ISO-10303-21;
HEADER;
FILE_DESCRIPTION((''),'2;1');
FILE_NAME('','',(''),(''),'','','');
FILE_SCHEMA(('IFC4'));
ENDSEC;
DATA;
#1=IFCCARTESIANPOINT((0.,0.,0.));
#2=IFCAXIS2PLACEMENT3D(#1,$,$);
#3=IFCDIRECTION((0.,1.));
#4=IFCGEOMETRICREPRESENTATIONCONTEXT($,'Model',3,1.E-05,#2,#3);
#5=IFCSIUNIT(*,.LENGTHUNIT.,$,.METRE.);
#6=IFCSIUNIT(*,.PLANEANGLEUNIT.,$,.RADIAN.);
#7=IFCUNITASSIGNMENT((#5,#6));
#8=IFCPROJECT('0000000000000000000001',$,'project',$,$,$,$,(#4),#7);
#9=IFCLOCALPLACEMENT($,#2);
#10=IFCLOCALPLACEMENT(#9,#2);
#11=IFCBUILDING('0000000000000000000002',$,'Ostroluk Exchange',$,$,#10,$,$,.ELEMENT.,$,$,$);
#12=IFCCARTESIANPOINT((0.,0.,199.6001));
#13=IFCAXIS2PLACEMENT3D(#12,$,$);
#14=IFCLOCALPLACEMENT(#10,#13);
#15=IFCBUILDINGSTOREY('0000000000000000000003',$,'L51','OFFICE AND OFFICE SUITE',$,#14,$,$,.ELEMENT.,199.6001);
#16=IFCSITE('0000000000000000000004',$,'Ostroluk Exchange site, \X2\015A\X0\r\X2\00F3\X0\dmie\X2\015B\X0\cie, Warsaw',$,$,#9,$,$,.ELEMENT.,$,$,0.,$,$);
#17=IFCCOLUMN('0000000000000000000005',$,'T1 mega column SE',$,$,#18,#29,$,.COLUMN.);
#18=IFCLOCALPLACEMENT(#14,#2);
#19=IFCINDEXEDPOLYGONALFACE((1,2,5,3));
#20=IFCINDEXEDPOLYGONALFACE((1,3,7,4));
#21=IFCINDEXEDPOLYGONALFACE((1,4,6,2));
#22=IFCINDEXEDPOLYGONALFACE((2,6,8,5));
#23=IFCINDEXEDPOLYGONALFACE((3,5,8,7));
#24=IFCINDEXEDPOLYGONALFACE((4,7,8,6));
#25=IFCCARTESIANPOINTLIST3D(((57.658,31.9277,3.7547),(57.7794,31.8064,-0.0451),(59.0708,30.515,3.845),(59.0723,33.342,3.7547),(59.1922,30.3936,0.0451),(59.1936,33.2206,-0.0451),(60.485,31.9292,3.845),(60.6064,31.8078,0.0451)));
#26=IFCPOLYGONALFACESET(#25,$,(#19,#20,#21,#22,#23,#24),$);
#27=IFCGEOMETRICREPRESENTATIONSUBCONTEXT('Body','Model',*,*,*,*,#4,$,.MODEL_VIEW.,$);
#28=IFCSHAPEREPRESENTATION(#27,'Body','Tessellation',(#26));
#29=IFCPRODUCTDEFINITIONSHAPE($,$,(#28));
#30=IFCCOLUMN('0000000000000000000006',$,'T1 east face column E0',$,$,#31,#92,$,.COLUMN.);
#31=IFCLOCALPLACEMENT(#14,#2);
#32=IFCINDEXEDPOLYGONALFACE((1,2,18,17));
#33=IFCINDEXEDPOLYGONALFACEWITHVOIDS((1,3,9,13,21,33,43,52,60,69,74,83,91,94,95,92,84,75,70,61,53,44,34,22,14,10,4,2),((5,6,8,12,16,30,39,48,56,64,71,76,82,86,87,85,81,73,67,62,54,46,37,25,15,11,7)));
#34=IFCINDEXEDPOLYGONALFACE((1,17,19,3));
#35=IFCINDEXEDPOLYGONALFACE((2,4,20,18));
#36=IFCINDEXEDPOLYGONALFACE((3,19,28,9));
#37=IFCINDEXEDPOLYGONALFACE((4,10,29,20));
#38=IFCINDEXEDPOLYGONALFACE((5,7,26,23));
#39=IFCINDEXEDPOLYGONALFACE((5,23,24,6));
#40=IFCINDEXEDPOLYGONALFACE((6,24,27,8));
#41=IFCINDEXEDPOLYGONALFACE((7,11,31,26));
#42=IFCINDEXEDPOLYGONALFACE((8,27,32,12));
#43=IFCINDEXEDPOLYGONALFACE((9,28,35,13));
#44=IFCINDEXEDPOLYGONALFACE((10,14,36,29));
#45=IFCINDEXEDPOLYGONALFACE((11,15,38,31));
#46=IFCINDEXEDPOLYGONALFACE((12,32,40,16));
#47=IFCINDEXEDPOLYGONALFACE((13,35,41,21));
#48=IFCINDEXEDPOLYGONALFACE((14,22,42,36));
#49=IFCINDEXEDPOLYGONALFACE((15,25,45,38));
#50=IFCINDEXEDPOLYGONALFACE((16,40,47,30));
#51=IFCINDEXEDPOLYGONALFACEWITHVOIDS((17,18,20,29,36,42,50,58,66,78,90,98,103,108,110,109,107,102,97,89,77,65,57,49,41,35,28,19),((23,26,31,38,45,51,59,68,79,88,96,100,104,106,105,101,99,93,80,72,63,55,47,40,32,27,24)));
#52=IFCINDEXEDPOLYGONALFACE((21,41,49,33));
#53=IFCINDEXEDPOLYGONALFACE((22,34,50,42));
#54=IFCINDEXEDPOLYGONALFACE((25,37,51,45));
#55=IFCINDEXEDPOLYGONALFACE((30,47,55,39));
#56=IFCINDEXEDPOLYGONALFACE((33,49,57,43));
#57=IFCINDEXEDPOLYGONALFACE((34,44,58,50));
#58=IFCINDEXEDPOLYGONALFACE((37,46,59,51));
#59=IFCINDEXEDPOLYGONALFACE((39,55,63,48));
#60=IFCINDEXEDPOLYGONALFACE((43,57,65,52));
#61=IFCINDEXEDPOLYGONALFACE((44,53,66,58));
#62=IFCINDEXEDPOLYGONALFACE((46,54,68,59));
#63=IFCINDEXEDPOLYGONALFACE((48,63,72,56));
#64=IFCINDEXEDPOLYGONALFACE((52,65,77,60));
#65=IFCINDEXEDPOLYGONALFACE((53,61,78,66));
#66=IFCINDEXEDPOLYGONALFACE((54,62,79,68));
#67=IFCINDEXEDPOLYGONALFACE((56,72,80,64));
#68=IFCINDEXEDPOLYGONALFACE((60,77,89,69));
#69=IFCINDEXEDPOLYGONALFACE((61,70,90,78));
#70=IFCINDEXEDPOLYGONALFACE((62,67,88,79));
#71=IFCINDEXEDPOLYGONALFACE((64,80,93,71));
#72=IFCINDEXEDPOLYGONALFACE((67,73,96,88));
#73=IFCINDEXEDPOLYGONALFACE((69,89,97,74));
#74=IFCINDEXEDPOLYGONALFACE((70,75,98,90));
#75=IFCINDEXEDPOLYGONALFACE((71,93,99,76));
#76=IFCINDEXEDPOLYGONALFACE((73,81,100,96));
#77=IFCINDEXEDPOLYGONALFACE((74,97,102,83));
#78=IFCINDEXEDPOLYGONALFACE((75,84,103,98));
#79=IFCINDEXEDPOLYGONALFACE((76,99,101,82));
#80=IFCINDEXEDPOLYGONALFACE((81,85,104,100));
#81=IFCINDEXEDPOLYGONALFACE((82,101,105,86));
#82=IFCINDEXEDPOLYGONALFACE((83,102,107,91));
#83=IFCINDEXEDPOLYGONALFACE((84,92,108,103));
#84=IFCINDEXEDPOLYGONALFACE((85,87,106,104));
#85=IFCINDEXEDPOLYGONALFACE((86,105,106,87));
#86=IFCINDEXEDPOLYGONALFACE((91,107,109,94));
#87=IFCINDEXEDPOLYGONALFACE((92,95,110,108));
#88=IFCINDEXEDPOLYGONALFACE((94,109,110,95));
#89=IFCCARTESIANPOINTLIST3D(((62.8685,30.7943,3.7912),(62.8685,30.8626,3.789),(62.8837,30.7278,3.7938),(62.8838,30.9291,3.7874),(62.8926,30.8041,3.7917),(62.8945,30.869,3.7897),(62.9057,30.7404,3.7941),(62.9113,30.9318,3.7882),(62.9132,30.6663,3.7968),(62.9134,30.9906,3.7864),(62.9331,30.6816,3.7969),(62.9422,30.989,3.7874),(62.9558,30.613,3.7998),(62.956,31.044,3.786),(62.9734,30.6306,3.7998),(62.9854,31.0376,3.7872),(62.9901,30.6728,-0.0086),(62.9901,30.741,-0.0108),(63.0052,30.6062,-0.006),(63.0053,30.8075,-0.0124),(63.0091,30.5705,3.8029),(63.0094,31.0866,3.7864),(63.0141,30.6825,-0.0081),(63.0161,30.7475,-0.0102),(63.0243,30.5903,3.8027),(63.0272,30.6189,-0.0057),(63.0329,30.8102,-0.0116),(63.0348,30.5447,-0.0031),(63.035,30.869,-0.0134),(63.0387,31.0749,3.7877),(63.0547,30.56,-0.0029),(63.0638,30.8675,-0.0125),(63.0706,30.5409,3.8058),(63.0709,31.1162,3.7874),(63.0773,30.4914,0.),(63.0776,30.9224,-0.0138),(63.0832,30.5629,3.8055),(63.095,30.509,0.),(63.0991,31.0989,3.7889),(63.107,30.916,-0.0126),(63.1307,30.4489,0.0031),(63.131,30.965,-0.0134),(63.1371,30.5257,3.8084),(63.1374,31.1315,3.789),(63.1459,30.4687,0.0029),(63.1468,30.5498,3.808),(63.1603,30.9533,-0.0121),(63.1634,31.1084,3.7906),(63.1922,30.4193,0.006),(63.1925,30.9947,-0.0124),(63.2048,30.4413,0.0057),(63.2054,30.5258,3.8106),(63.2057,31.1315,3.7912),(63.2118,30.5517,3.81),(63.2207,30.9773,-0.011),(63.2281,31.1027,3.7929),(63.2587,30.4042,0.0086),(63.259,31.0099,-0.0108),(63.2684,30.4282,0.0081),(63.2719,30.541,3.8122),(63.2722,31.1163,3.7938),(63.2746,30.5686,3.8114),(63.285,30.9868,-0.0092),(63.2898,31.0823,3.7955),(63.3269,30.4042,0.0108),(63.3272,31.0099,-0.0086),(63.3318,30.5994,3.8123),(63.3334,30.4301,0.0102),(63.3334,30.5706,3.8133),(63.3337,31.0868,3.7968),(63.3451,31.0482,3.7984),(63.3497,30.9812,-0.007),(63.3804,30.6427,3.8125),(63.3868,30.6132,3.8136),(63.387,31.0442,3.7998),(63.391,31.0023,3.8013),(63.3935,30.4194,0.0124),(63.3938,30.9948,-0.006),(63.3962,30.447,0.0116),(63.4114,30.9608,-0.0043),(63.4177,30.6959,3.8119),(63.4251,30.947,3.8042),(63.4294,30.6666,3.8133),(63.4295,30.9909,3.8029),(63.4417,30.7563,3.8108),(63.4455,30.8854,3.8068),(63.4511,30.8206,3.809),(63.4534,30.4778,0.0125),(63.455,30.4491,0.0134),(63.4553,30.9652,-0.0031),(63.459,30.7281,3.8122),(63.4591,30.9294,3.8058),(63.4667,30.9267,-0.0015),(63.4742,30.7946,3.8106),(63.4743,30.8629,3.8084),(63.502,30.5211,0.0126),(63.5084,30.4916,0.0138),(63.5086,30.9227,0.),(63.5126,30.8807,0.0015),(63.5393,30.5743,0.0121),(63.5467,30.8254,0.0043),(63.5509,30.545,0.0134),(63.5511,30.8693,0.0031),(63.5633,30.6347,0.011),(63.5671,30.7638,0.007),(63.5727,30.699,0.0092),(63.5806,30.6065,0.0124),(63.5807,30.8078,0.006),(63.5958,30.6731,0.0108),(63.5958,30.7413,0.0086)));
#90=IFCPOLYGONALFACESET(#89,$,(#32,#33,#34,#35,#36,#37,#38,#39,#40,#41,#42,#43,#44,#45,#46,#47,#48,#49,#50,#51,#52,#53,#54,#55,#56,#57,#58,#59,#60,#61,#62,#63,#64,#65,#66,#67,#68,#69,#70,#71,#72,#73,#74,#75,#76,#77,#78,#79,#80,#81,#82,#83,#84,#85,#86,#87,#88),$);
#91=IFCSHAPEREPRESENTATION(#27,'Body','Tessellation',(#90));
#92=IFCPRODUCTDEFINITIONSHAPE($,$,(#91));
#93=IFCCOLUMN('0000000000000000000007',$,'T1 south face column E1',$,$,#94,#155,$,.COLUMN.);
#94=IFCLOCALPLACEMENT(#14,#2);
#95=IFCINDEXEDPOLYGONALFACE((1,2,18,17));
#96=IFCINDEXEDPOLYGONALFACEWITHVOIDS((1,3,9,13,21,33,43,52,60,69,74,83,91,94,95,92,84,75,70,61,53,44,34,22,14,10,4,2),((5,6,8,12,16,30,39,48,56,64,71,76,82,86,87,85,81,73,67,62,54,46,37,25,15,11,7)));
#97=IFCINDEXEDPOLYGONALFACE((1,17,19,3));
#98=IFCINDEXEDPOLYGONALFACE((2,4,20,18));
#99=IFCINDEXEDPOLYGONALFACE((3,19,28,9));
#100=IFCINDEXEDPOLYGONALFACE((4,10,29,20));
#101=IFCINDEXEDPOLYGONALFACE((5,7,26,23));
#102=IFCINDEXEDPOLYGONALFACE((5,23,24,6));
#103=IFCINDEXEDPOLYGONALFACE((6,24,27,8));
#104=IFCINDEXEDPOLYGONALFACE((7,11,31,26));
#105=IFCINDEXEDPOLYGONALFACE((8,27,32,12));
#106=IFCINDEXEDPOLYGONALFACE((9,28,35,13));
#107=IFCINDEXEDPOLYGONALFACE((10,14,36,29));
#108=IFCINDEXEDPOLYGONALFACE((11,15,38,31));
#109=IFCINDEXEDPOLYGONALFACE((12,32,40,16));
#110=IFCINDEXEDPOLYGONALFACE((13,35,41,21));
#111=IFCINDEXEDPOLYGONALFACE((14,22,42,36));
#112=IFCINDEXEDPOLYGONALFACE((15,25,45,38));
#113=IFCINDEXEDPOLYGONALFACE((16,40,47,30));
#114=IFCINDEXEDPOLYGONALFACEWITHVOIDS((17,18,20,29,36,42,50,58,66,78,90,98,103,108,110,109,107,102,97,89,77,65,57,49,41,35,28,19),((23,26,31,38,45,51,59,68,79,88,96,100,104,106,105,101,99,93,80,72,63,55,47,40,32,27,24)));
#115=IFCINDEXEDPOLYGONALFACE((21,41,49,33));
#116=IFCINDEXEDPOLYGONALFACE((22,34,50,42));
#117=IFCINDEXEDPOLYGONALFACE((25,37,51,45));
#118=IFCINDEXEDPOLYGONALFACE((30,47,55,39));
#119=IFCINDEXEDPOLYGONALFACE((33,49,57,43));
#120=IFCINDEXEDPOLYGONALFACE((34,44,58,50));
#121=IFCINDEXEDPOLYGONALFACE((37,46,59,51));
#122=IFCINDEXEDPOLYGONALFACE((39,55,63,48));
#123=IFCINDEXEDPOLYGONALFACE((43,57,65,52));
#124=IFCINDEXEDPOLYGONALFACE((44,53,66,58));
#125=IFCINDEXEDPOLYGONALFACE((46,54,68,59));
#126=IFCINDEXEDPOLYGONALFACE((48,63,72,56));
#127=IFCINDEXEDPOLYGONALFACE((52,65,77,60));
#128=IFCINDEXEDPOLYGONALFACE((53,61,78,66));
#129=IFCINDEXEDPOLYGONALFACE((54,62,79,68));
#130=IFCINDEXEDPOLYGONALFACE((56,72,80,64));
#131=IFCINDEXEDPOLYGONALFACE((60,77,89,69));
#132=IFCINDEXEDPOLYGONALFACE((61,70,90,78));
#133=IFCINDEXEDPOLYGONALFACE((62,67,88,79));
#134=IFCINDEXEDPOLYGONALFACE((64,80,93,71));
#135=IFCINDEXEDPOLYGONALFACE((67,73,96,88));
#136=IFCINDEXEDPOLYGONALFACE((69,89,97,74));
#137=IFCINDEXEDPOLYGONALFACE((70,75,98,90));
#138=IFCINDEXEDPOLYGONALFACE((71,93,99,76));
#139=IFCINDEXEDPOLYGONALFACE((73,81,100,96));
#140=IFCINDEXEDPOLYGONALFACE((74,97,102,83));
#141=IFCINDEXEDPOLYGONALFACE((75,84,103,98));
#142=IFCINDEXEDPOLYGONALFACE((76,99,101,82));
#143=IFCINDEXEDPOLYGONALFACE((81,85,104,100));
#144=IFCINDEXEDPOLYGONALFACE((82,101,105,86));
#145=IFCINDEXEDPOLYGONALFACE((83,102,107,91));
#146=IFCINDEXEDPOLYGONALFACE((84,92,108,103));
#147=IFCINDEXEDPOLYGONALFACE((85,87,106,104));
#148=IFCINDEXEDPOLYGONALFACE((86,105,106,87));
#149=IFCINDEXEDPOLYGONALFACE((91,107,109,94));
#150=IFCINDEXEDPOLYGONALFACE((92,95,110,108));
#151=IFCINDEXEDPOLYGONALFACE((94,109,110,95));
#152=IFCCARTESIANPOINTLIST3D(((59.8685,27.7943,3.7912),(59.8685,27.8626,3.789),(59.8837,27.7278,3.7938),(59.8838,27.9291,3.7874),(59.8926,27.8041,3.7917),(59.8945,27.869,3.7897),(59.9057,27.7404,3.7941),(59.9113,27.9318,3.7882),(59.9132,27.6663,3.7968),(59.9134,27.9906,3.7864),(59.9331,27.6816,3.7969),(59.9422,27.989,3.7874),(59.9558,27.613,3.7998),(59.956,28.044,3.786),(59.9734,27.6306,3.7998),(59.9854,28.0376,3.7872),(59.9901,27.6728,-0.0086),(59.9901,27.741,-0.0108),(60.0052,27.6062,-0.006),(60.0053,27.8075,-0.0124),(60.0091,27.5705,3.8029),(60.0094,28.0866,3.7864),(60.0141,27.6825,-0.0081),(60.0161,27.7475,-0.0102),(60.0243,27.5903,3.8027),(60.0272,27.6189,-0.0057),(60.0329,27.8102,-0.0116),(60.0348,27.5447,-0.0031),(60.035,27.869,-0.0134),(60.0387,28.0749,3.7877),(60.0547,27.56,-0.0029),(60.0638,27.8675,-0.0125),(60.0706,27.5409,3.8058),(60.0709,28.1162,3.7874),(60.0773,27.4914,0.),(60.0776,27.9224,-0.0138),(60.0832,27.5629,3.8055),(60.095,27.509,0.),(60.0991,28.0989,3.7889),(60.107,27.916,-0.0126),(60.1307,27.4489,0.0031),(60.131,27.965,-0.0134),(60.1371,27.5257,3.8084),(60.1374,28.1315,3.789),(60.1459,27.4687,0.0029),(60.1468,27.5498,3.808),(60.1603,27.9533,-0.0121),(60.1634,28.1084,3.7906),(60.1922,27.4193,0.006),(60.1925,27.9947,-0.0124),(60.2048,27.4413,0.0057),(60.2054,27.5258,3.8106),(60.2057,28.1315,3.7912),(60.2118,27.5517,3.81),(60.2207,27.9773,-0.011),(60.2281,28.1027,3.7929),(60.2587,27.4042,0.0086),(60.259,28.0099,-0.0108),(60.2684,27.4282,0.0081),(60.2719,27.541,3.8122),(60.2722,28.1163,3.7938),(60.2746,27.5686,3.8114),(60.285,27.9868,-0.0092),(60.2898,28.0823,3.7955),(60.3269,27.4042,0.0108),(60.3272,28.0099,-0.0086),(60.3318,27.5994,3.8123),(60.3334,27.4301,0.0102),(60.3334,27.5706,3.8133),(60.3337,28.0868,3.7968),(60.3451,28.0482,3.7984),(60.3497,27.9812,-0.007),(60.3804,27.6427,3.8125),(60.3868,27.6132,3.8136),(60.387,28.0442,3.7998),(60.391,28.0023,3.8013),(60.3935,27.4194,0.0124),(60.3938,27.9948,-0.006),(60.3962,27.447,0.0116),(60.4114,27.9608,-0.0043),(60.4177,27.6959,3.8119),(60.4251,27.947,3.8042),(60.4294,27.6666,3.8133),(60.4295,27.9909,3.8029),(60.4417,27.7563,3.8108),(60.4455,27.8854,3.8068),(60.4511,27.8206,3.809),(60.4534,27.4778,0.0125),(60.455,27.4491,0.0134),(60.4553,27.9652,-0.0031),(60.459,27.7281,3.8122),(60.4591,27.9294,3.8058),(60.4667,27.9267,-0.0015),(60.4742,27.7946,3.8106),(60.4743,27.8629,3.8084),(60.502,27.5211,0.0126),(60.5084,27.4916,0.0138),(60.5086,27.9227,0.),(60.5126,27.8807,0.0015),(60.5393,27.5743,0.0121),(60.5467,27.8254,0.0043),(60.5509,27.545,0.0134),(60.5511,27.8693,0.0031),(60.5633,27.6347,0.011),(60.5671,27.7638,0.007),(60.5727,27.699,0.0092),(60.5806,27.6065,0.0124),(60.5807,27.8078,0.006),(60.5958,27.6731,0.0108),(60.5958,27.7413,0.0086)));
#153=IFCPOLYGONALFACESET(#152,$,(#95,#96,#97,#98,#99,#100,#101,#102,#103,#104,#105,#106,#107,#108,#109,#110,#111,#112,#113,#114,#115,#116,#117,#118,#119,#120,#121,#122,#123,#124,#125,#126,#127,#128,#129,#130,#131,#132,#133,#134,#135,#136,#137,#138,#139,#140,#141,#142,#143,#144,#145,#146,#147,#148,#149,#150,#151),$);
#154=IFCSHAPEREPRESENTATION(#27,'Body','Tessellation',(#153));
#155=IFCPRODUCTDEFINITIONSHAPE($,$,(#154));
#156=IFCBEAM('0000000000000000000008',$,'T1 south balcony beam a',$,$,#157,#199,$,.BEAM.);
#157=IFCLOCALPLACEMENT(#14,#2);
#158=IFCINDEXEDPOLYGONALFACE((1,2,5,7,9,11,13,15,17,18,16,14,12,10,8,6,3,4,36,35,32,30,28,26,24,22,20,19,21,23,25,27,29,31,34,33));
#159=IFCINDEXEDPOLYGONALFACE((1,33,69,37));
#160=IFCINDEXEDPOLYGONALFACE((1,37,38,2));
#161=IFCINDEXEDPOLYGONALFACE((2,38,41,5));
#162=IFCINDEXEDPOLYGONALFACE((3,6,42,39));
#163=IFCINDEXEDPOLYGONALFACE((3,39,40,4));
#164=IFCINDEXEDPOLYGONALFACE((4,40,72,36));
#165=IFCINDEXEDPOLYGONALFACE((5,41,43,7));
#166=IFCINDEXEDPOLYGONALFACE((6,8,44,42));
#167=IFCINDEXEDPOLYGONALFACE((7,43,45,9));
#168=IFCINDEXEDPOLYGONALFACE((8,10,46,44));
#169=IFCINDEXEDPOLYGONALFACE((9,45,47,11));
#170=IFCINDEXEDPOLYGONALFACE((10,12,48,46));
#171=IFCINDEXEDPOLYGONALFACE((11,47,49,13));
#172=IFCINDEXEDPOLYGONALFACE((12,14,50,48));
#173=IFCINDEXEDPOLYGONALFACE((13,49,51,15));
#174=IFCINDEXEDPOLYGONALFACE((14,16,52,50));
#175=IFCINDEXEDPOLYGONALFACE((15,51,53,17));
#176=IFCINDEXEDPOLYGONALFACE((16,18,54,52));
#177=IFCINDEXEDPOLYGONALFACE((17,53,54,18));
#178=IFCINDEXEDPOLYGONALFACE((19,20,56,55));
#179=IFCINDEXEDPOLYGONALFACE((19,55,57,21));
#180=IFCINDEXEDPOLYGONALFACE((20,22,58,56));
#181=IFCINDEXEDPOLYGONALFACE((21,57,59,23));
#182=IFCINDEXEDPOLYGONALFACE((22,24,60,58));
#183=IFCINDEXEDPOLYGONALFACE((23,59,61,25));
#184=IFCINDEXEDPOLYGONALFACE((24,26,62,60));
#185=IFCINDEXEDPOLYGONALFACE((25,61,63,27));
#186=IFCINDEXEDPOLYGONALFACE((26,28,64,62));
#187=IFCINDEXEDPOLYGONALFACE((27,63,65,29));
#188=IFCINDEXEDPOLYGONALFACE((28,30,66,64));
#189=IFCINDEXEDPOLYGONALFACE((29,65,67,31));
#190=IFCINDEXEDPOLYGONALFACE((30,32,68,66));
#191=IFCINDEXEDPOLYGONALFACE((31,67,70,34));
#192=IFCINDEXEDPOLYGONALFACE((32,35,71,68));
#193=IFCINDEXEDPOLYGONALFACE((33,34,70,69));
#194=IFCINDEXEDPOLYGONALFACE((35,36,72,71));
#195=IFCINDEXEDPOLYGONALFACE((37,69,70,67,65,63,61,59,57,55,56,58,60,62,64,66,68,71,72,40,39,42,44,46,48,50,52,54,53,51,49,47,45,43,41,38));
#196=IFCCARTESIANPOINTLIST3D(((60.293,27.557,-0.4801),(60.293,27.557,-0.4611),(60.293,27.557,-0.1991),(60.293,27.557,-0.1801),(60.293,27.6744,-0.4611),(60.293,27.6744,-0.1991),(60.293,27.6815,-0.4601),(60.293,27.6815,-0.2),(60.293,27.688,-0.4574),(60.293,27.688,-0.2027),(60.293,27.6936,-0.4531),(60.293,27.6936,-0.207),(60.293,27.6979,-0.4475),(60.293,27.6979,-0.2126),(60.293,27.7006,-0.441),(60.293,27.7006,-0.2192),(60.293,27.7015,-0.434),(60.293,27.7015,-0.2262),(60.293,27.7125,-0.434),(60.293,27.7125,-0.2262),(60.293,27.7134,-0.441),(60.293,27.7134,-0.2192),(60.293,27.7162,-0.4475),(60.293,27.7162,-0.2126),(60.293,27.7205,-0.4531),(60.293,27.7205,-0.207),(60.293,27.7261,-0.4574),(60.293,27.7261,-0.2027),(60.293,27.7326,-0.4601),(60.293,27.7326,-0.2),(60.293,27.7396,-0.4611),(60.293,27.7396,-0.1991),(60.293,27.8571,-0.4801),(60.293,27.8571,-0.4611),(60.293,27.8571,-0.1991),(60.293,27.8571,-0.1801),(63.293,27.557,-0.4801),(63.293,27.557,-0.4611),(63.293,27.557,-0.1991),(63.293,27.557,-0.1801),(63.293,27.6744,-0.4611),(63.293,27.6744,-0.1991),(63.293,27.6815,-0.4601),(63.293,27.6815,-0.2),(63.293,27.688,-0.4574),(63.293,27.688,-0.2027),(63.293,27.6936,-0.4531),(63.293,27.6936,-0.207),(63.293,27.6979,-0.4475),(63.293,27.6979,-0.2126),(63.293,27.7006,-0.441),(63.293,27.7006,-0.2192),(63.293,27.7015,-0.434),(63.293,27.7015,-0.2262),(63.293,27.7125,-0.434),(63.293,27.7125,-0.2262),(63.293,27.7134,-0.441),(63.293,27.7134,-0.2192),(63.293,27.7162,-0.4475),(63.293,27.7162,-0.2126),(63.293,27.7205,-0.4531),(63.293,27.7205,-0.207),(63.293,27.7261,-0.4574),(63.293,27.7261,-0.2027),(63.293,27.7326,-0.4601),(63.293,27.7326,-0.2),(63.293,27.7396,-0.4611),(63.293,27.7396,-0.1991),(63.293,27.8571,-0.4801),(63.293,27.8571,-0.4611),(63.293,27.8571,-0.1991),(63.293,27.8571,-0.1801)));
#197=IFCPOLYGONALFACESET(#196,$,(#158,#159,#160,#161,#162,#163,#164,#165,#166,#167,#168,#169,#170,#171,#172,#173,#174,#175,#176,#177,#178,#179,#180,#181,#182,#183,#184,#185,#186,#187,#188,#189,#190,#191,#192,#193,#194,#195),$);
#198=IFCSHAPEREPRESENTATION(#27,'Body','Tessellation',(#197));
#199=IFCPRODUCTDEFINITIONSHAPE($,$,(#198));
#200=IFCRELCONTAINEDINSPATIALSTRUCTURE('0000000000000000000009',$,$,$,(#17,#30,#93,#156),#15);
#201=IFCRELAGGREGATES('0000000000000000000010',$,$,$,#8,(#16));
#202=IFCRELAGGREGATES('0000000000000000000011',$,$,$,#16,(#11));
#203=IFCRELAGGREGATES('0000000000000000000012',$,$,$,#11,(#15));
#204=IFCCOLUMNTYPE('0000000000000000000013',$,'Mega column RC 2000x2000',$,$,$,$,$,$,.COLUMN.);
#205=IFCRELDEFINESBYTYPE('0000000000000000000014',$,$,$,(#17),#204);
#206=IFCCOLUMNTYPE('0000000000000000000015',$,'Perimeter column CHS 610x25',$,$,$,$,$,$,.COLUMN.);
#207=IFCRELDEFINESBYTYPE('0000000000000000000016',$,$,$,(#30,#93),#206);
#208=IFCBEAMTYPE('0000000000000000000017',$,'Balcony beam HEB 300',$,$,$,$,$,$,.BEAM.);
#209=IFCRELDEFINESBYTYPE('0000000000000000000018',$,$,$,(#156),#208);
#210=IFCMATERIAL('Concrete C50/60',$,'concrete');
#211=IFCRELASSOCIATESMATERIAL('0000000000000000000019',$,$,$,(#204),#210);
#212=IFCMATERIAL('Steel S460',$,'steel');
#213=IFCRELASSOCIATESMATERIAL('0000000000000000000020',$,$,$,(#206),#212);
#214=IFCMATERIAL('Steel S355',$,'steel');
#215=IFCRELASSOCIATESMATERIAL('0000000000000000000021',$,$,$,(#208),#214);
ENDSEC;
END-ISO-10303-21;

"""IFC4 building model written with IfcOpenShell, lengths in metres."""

from ifc_helpers import new_model, si_unit, direction, frame, origin, origin_2d, place, context, subcontext, project, spatial, rectangle, hollow_circle, i_section, extrude, material, material_profile, profile_set, type_object, element, save


model = new_model("IFC4")

# Units and contexts
model_context = context("Model", 3, precision=1e-05, world=origin(), true_north=direction((0.0, 1.0)))
body_context = subcontext(model_context, "Body", "Model", "MODEL_VIEW")
ifc_project = project(units=[si_unit("LENGTHUNIT", "METRE"), si_unit("PLANEANGLEUNIT", "RADIAN")], contexts=[model_context])

# Site, building, storey
site_placement = place(None, origin())
site = spatial("IfcSite", under=ifc_project, at=site_placement, Name="Ostroluk Exchange site, Śródmieście, Warsaw", CompositionType="ELEMENT", RefElevation=0.0)
building_placement = place(site_placement, origin())
building = spatial("IfcBuilding", under=site, at=building_placement, Name="Ostroluk Exchange", CompositionType="ELEMENT")
storey_placement = place(building_placement, frame((0.0, 0.0, 199.6001)))
storey = spatial("IfcBuildingStorey", under=building, at=storey_placement, Name="L51", Description="OFFICE AND OFFICE SUITE", CompositionType="ELEMENT", Elevation=199.6001)

# Columns
ifc_material_1 = material(Name="Concrete C50/60", Category="concrete")
ifc_material_profile_1 = material_profile(ifc_material_1, rectangle(XDim=2.0, YDim=2.0, at=origin_2d()), Name="RC 2000x2000")
ifc_profile_set_1 = profile_set([ifc_material_profile_1], Name="Concrete C50/60")
column_type_1 = type_object("IfcColumnType", Name="Mega column RC 2000x2000", PredefinedType="COLUMN", material=ifc_profile_set_1)
column_placement = place(storey_placement, frame((59.1929, 31.8071, 0.0), z_axis=(-0.0319, 0.0319, 0.998982), x_axis=(-0.707107, -0.707107, 0.0)))
element("IfcColumn", 1, at=column_placement, inside=storey, type_object=column_type_1, Name="T1 mega column SE", PredefinedType="COLUMN", context=body_context, shape_type="SweptSolid", body=[
    extrude(rectangle(XDim=2.0, YDim=2.0, at=origin_2d()), origin(), (0.0, 0.0, 1.0), 3.8037),
])
ifc_material_2 = material(Name="Steel S460", Category="steel")
ifc_material_profile_2 = material_profile(ifc_material_2, hollow_circle(Radius=0.3049, WallThickness=0.0249, at=origin_2d()), Name="CHS 610x25")
ifc_profile_set_2 = profile_set([ifc_material_profile_2], Name="Steel S460")
column_type_2 = type_object("IfcColumnType", Name="Perimeter column CHS 610x25", PredefinedType="COLUMN", material=ifc_profile_set_2)
for number, where, z_axis, x_axis, name in (
    (2, (63.293, 30.707, 0.0), (-0.031964, 0.031964, 0.998978), (-0.707107, -0.707107, 0.0), "T1 east face column E0"),
    (3, (60.293, 27.707, 0.0), (-0.031964, 0.031964, 0.998978), (-0.707107, -0.707107, 0.0), "T1 south face column E1"),
):
    element("IfcColumn", number, at=place(storey_placement, frame(where, z_axis=z_axis, x_axis=x_axis)), inside=storey, type_object=column_type_2, Name=name, PredefinedType="COLUMN", context=body_context, shape_type="SweptSolid", body=[
        extrude(hollow_circle(Radius=0.3049, WallThickness=0.0249, at=origin_2d()), origin(), (0.0, 0.0, 1.0), 3.8037),
    ])

# Beam
ifc_material_3 = material(Name="Steel S355", Category="steel")
ifc_material_profile_3 = material_profile(ifc_material_3, i_section(OverallWidth=0.3, OverallDepth=0.3, WebThickness=0.011, FlangeThickness=0.019, FilletRadius=0.0271, at=origin_2d()), Name="HEB 300")
ifc_profile_set_3 = profile_set([ifc_material_profile_3], Name="Steel S355")
beam_type_1 = type_object("IfcBeamType", Name="Balcony beam HEB 300", PredefinedType="BEAM", material=ifc_profile_set_3)
for number, where, z_axis, x_axis, name in (
    (4, (60.293, 27.707, -0.3301), (1.0, 0.0, 0.0), (0.0, 1.0, 0.0), "T1 south balcony beam a"),
):
    element("IfcBeam", number, at=place(storey_placement, frame(where, z_axis=z_axis, x_axis=x_axis)), inside=storey, type_object=beam_type_1, Name=name, PredefinedType="BEAM", context=body_context, shape_type="SweptSolid", body=[
        extrude(i_section(OverallWidth=0.3, OverallDepth=0.3, WebThickness=0.011, FlangeThickness=0.019, FilletRadius=0.0271, at=origin_2d()), origin(), (0.0, 0.0, 1.0), 3.0),
    ])

save(model, "model.ifc")
